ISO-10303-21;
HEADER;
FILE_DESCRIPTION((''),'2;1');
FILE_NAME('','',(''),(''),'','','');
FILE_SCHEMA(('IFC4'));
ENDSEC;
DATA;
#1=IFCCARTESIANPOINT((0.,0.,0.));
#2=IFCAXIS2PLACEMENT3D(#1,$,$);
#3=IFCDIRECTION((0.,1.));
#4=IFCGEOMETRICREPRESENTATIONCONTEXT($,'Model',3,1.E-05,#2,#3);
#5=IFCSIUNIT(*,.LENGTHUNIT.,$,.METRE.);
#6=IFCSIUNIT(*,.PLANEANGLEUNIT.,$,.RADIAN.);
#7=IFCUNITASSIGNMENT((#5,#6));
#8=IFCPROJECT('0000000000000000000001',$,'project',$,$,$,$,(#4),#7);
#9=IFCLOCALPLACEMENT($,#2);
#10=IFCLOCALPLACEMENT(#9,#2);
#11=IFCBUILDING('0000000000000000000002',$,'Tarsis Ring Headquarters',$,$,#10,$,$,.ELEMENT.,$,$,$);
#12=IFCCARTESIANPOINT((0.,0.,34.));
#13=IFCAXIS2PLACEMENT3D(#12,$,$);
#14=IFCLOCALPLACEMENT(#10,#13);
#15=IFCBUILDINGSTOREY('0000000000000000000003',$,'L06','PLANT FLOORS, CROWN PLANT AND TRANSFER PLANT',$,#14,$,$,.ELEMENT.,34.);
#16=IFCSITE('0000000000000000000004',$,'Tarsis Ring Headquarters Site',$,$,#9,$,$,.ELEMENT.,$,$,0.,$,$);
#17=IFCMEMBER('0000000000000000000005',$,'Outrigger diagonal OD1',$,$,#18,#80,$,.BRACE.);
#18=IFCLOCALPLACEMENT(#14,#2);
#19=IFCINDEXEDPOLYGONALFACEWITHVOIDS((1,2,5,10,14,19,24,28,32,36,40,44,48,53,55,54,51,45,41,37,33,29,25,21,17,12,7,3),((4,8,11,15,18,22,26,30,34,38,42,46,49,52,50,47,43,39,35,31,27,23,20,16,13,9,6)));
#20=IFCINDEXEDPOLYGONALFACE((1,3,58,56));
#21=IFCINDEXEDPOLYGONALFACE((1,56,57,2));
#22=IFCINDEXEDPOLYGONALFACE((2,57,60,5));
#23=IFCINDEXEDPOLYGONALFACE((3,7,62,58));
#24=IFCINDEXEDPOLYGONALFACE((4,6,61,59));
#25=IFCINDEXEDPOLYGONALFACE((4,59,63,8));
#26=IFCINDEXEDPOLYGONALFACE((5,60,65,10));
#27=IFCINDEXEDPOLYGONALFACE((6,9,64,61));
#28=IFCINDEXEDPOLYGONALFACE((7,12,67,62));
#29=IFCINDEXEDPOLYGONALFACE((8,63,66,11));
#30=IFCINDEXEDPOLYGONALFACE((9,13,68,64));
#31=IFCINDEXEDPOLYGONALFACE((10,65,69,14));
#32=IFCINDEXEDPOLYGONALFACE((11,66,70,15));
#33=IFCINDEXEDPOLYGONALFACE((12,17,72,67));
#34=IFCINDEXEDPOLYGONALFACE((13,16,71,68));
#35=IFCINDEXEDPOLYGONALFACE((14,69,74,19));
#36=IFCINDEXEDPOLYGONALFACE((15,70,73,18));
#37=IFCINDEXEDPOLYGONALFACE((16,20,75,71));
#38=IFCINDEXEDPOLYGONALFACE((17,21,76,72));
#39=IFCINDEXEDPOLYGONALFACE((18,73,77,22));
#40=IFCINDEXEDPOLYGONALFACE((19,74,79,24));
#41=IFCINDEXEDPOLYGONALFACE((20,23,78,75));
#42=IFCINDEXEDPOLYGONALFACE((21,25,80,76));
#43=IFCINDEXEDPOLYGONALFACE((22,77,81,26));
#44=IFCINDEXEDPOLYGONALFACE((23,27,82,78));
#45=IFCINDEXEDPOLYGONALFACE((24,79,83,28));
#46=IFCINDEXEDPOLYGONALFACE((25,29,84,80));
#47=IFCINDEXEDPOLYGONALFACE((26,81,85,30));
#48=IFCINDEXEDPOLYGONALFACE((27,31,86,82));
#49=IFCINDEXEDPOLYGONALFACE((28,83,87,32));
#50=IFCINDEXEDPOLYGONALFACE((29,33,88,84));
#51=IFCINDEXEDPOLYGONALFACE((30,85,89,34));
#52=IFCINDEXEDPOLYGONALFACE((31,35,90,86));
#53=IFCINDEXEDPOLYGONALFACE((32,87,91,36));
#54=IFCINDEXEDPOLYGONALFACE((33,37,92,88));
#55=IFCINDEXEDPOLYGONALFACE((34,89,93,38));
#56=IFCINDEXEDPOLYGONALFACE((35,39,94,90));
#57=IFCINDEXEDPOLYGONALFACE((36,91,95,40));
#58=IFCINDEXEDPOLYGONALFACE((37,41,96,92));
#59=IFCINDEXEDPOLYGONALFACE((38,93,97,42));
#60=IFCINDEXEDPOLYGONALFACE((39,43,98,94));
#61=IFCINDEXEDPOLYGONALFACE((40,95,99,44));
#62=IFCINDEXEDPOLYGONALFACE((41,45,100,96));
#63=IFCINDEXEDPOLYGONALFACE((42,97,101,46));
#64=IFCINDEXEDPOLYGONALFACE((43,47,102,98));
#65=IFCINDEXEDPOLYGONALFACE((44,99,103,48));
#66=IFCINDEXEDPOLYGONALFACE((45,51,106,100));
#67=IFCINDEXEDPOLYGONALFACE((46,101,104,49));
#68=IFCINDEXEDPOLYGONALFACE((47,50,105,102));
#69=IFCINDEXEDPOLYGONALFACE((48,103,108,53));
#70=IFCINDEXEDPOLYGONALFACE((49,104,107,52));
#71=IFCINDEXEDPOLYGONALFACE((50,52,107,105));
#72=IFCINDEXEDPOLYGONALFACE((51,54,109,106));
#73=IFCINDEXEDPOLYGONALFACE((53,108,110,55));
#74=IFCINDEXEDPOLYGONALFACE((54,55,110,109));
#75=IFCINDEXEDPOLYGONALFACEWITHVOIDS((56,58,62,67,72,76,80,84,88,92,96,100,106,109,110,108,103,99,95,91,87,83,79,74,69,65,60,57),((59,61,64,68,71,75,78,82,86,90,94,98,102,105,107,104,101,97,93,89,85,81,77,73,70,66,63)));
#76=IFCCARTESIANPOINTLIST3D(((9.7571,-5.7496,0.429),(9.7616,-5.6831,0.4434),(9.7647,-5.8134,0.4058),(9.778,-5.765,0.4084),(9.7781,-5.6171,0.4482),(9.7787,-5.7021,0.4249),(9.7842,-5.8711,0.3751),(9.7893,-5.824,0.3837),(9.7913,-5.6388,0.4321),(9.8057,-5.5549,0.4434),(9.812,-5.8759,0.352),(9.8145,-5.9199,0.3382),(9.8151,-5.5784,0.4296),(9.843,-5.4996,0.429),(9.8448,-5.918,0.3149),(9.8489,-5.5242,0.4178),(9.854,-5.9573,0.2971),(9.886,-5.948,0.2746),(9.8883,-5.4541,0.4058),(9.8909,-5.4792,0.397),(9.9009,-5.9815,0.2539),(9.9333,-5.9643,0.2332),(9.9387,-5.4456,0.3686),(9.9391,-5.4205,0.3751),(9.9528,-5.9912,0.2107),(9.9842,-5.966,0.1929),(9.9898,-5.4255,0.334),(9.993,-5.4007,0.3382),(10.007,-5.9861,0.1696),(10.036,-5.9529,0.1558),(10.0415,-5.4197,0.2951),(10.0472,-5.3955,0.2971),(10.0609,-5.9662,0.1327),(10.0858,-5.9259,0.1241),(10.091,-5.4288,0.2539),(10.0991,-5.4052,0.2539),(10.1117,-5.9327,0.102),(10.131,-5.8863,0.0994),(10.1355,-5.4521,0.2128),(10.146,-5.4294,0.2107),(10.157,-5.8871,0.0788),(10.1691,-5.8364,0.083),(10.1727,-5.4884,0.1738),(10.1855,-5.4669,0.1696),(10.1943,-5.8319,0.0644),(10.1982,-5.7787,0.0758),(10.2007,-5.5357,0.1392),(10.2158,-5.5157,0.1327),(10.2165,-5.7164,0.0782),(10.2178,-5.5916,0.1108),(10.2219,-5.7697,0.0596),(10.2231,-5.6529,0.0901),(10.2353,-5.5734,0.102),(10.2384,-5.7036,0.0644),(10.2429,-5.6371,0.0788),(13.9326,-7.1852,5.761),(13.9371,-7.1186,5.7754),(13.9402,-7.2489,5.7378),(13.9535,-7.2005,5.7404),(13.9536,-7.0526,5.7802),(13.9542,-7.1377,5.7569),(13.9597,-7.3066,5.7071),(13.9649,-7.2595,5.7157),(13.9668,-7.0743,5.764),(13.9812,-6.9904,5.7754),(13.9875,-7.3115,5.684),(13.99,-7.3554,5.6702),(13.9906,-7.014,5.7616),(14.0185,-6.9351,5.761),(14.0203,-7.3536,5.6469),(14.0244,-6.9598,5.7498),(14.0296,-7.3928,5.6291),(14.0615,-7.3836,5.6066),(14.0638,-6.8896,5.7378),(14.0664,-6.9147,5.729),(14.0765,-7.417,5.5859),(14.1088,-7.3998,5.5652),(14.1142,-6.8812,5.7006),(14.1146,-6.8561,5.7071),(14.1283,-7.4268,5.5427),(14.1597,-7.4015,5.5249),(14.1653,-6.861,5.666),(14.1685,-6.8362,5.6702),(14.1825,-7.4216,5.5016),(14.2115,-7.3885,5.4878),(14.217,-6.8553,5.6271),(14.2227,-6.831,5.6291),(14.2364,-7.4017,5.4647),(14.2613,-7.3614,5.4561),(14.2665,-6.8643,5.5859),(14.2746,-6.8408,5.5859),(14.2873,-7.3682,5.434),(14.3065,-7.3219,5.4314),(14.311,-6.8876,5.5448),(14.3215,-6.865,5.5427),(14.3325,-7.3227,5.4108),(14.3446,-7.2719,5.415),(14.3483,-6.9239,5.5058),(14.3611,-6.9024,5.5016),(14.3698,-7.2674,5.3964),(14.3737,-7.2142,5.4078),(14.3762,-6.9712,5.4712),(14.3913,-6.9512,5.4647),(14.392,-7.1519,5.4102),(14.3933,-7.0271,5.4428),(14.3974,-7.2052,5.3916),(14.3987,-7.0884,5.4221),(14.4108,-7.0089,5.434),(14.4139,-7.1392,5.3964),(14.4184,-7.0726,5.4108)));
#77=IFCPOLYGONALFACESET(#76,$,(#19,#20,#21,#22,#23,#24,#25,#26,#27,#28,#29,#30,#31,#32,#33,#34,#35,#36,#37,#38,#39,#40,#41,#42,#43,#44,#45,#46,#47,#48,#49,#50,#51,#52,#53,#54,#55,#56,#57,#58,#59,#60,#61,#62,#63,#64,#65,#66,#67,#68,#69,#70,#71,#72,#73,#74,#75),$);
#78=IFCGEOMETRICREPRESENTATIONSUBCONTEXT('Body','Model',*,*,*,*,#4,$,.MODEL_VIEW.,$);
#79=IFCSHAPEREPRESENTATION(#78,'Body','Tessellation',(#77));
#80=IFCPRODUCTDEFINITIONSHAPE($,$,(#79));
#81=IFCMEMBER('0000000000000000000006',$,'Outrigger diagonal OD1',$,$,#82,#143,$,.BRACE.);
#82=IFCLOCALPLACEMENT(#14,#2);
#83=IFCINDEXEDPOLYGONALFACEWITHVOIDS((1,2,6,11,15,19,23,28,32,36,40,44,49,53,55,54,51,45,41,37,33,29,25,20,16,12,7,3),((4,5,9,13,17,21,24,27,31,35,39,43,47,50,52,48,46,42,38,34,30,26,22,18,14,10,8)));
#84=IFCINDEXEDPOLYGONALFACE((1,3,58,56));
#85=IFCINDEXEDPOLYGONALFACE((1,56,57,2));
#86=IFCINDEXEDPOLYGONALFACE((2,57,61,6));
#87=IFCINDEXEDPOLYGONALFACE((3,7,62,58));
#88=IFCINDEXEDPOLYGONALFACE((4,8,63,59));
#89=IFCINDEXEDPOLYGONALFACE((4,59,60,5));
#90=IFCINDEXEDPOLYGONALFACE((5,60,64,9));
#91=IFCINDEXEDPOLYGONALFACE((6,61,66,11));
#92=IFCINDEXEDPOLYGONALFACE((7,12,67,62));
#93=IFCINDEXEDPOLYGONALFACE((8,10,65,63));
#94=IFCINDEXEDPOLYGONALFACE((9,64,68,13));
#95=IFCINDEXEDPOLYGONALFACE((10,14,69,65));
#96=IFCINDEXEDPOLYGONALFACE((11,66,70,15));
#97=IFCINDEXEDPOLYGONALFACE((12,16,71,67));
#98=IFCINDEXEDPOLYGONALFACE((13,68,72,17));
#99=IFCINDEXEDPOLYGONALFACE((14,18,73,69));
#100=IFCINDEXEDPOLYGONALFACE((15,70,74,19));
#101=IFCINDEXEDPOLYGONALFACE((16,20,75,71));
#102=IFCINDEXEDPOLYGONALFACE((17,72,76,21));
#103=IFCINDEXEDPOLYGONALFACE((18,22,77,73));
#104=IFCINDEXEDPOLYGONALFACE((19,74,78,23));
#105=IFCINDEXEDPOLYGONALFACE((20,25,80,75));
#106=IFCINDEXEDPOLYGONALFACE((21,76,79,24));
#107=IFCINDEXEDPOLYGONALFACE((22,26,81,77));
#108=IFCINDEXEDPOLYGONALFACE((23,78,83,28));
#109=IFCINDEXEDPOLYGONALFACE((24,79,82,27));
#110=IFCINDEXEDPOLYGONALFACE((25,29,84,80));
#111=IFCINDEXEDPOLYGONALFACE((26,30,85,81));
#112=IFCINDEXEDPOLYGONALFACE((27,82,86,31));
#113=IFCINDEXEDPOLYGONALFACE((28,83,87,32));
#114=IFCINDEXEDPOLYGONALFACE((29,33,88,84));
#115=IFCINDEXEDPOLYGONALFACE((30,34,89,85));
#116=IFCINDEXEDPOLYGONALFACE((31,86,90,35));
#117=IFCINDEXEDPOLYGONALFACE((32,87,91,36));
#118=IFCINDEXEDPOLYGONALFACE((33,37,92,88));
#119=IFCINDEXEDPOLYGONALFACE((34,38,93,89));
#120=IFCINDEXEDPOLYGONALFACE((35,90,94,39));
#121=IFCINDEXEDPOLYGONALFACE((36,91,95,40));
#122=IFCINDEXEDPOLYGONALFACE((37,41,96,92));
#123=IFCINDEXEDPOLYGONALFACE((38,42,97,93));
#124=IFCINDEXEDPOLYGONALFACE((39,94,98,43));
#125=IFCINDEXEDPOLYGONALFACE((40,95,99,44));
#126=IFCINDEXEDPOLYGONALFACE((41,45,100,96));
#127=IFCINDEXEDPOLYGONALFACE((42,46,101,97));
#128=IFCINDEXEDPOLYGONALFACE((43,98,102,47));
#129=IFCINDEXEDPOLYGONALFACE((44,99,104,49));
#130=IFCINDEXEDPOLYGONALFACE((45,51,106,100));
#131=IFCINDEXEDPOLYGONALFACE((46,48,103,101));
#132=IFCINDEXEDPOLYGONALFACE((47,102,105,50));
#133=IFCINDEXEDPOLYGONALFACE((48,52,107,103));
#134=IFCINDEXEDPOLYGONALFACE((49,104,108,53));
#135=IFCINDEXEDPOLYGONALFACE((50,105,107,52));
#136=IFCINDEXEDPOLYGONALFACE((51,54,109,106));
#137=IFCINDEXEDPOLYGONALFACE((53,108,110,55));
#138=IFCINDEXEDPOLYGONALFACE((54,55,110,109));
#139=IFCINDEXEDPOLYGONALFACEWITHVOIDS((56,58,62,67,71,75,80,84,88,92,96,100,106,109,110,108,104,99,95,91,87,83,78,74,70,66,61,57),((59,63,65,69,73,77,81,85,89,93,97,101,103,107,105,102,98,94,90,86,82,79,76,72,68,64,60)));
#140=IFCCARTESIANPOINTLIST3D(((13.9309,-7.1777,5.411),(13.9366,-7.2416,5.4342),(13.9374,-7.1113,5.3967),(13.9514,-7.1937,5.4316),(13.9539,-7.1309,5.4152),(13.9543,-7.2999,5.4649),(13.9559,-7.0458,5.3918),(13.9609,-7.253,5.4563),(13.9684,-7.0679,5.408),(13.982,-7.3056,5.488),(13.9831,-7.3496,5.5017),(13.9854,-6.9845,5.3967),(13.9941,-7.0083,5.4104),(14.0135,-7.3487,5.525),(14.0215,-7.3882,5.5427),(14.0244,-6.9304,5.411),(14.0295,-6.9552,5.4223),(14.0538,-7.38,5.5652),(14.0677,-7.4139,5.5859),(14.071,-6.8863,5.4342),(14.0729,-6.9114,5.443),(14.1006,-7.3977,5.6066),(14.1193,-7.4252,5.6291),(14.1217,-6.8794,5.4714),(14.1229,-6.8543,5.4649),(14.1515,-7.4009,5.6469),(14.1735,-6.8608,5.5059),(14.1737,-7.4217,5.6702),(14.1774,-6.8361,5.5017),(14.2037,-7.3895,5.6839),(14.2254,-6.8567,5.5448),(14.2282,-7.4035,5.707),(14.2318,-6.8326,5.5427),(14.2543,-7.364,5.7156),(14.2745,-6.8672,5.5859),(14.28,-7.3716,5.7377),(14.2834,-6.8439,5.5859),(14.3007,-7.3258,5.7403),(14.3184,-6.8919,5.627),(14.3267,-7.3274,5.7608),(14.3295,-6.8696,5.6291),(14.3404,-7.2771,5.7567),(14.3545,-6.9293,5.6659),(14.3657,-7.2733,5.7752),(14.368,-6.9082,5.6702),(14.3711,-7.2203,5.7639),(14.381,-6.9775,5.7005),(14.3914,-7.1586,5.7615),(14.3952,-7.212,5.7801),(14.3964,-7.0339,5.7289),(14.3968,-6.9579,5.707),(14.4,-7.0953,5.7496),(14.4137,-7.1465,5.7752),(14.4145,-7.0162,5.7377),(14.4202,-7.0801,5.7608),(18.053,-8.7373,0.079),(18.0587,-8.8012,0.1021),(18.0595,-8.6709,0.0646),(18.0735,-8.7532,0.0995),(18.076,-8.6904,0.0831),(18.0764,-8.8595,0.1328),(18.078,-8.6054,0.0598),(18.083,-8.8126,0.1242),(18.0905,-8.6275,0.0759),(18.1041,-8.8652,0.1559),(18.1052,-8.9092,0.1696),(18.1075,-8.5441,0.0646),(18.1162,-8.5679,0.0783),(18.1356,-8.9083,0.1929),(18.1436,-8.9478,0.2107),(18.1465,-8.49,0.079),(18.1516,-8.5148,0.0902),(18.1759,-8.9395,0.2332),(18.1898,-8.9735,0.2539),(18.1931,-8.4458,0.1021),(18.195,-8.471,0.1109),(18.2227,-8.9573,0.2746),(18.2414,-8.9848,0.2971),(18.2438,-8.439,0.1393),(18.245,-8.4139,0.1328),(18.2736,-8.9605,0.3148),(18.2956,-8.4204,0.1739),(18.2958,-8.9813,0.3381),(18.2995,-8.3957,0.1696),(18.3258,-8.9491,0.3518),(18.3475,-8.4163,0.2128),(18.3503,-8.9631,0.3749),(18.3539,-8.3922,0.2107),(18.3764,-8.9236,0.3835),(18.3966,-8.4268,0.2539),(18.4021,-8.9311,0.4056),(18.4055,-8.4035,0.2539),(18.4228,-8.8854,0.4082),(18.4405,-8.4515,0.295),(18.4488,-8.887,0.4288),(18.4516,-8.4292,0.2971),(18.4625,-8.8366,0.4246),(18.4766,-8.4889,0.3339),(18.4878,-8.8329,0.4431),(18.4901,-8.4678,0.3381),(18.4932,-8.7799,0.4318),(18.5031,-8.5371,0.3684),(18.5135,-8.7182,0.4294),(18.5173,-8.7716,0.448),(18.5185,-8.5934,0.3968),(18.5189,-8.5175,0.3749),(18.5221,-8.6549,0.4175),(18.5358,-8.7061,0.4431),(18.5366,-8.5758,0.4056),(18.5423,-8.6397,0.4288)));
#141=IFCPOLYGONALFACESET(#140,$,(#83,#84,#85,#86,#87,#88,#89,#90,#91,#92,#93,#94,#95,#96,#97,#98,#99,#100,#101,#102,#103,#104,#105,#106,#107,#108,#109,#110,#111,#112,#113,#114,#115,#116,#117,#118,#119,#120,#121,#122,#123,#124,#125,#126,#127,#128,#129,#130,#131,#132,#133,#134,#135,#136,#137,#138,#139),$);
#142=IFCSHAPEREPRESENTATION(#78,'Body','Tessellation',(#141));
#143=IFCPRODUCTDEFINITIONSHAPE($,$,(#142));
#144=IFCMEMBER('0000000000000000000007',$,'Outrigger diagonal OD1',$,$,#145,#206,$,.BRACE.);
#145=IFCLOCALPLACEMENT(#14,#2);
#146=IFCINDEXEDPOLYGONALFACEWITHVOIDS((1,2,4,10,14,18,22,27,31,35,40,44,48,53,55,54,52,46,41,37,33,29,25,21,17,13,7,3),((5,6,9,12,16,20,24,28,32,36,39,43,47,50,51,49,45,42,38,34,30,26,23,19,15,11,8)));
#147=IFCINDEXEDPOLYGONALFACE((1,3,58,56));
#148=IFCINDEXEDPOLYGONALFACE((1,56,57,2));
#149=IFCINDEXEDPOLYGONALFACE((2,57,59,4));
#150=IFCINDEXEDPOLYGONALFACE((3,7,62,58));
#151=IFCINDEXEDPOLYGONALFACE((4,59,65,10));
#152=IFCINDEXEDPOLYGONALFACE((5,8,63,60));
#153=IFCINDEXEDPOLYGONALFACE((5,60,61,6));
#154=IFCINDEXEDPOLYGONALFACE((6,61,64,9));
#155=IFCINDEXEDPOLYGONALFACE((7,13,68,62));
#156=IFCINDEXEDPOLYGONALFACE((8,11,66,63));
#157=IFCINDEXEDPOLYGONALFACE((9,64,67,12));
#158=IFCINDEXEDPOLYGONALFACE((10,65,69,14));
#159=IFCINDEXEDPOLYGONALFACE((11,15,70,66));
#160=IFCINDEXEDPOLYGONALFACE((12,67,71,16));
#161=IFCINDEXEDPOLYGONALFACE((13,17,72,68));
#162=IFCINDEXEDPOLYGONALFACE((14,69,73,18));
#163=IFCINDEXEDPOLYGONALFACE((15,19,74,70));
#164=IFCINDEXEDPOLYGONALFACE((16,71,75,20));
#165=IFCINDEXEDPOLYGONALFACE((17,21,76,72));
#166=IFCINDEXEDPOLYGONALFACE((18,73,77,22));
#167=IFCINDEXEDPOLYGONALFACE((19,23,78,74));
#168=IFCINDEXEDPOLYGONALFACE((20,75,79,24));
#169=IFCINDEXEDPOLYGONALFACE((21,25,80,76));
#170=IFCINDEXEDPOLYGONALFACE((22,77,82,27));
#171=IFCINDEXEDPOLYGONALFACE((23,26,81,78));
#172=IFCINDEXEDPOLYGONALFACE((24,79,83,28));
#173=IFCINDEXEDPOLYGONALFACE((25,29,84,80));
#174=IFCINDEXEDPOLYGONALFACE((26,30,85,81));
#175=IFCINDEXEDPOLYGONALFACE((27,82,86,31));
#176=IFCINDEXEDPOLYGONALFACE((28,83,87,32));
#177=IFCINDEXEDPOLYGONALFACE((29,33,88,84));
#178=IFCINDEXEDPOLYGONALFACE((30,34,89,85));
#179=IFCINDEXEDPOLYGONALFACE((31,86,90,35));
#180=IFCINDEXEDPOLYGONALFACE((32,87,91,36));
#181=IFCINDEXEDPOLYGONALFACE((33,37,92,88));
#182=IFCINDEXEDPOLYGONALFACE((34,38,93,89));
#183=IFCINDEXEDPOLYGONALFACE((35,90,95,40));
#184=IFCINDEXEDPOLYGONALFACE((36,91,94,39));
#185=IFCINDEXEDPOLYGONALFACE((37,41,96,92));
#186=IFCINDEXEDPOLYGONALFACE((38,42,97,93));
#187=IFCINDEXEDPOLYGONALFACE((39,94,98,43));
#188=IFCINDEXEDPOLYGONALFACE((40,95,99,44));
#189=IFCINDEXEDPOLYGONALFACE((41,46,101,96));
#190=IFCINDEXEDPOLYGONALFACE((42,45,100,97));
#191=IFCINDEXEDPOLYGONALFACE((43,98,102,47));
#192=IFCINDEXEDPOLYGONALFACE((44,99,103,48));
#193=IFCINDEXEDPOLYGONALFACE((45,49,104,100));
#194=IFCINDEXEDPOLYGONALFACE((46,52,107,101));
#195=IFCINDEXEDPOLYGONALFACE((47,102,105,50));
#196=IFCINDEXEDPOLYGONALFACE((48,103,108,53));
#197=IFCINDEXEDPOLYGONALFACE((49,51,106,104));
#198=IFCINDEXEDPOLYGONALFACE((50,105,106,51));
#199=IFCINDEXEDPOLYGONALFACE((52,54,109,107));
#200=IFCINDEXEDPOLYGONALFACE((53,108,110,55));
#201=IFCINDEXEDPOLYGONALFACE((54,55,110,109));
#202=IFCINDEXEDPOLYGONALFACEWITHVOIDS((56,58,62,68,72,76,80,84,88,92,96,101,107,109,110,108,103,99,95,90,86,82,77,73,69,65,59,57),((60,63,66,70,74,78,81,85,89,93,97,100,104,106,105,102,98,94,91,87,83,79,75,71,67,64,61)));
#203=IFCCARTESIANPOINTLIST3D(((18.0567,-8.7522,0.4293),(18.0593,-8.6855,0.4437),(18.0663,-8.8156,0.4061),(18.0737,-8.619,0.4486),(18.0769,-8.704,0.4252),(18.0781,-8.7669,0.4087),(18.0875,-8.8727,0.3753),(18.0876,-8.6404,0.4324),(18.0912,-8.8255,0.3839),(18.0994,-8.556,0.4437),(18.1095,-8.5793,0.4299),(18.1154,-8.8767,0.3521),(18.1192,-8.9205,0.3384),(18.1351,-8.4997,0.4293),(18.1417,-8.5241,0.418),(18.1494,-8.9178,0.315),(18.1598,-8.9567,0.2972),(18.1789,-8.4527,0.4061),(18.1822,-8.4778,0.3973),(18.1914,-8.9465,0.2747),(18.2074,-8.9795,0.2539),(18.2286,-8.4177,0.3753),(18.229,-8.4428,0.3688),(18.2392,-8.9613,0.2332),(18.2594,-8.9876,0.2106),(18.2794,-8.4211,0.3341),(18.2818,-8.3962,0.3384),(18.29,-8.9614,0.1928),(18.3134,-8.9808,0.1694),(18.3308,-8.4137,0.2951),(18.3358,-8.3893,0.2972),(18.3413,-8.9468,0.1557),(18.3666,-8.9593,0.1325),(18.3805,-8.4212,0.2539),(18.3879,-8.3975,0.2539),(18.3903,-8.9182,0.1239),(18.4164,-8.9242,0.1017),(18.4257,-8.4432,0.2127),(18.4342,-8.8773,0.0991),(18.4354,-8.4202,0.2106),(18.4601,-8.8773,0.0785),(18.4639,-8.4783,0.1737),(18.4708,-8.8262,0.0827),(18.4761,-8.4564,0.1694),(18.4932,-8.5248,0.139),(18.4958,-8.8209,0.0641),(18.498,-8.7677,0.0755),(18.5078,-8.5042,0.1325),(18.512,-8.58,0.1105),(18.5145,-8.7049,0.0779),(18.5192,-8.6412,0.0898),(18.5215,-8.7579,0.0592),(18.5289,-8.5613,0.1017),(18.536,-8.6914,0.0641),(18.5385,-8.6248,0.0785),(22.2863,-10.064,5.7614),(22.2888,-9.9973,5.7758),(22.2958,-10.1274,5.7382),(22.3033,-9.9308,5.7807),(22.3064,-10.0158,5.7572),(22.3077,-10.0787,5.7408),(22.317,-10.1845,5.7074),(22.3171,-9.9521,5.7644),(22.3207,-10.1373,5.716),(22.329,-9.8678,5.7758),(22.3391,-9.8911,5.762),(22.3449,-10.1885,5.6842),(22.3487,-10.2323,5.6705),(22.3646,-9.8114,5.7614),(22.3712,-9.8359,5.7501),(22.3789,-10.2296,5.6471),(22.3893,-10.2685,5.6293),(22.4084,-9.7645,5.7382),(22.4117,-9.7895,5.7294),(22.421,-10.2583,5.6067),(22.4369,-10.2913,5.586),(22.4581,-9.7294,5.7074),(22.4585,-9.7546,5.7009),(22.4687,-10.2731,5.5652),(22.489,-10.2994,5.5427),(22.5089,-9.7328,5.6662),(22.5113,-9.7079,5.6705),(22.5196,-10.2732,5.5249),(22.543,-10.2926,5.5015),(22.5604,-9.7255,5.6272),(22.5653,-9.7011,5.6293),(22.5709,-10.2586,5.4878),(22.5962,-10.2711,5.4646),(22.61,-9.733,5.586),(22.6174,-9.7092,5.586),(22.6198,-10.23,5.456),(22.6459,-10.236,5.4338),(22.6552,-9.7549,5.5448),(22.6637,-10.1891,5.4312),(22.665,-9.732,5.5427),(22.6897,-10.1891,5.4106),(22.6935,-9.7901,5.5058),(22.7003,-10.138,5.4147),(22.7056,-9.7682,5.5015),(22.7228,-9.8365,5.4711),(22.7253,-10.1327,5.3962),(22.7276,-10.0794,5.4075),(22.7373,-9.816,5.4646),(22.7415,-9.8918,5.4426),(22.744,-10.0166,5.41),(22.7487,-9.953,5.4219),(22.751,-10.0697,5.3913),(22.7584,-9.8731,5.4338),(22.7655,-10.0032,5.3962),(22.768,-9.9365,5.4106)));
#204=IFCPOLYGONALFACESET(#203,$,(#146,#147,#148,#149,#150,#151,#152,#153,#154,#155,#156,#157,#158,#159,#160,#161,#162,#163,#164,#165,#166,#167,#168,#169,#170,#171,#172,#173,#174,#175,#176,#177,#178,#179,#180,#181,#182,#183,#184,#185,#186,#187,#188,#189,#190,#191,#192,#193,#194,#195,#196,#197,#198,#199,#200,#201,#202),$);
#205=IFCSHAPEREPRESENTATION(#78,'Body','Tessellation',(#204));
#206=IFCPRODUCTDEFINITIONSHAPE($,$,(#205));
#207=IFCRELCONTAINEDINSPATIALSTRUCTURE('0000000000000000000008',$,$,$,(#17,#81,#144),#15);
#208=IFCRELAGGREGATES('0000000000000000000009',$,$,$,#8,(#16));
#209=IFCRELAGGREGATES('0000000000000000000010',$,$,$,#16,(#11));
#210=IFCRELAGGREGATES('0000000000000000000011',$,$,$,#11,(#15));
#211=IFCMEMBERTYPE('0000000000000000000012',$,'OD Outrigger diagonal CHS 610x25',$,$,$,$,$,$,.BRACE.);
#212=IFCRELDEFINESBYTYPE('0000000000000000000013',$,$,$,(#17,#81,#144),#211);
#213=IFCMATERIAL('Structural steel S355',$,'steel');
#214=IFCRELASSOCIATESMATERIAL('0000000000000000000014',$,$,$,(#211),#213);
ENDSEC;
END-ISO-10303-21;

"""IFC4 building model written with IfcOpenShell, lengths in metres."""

from ifc_helpers import new_model, si_unit, direction, frame, origin, origin_2d, place, context, subcontext, project, spatial, hollow_circle, extrude, material, material_profile, profile_set, type_object, element, save


model = new_model("IFC4")

# Units and contexts
model_context = context("Model", 3, precision=1e-05, world=origin(), true_north=direction((0.0, 1.0)))
body_context = subcontext(model_context, "Body", "Model", "MODEL_VIEW")
ifc_project = project(units=[si_unit("LENGTHUNIT", "METRE"), si_unit("PLANEANGLEUNIT", "RADIAN")], contexts=[model_context])

# Site, building, storey
site_placement = place(None, origin())
site = spatial("IfcSite", under=ifc_project, at=site_placement, Name="Tarsis Ring Headquarters Site", CompositionType="ELEMENT", RefElevation=0.0)
building_placement = place(site_placement, origin())
building = spatial("IfcBuilding", under=site, at=building_placement, Name="Tarsis Ring Headquarters", CompositionType="ELEMENT")
storey_placement = place(building_placement, frame((0.0, 0.0, 34.0)))
storey = spatial("IfcBuildingStorey", under=building, at=storey_placement, Name="L06", Description="PLANT FLOORS, CROWN PLANT AND TRANSFER PLANT", CompositionType="ELEMENT", Elevation=34.0)

# Shared definitions
ifc_material_1 = material(Name="Structural steel S355", Category="steel")

# Members
ifc_material_profile_1 = material_profile(ifc_material_1, hollow_circle(Radius=0.3047, WallThickness=0.0249, at=origin_2d()), Name="CHS 610x25")
ifc_profile_set_1 = profile_set([ifc_material_profile_1], Name="Structural steel S355")
member_type_1 = type_object("IfcMemberType", Name="OD Outrigger diagonal CHS 610x25", PredefinedType="BRACE", material=ifc_profile_set_1)
member_1_placement = place(storey_placement, frame((10.0, -5.6934, 0.2539), z_axis=(0.603149, -0.207362, 0.770203), x_axis=(0.325121, 0.945672, 0.0)))
element("IfcMember", 1, at=member_1_placement, inside=storey, type_object=member_type_1, Name="Outrigger diagonal OD1", PredefinedType="BRACE", context=body_context, shape_type="SweptSolid", body=[
    extrude(hollow_circle(Radius=0.3047, WallThickness=0.0249, at=origin_2d()), origin(), (0.0, 0.0, 1.0), 6.9229),
])
member_2_placement = place(storey_placement, frame((14.1755, -7.1289, 5.5859), z_axis=(0.595875, -0.225447, -0.770783), x_axis=(0.353866, 0.935296, 0.0)))
element("IfcMember", 2, at=member_2_placement, inside=storey, type_object=member_type_1, Name="Outrigger diagonal OD1", PredefinedType="BRACE", context=body_context, shape_type="SweptSolid", body=[
    extrude(hollow_circle(Radius=0.3047, WallThickness=0.0249, at=origin_2d()), origin(), (0.0, 0.0, 1.0), 6.9177),
])
member_3_placement = place(storey_placement, frame((18.2976, -8.6885, 0.2539), z_axis=(0.610221, -0.189259, 0.769293), x_axis=(0.296228, 0.955117, 0.0)))
element("IfcMember", 3, at=member_3_placement, inside=storey, type_object=member_type_1, Name="Outrigger diagonal OD1", PredefinedType="BRACE", context=body_context, shape_type="SweptSolid", body=[
    extrude(hollow_circle(Radius=0.3047, WallThickness=0.0249, at=origin_2d()), origin(), (0.0, 0.0, 1.0), 6.9312),
])

save(model, "model.ifc")
